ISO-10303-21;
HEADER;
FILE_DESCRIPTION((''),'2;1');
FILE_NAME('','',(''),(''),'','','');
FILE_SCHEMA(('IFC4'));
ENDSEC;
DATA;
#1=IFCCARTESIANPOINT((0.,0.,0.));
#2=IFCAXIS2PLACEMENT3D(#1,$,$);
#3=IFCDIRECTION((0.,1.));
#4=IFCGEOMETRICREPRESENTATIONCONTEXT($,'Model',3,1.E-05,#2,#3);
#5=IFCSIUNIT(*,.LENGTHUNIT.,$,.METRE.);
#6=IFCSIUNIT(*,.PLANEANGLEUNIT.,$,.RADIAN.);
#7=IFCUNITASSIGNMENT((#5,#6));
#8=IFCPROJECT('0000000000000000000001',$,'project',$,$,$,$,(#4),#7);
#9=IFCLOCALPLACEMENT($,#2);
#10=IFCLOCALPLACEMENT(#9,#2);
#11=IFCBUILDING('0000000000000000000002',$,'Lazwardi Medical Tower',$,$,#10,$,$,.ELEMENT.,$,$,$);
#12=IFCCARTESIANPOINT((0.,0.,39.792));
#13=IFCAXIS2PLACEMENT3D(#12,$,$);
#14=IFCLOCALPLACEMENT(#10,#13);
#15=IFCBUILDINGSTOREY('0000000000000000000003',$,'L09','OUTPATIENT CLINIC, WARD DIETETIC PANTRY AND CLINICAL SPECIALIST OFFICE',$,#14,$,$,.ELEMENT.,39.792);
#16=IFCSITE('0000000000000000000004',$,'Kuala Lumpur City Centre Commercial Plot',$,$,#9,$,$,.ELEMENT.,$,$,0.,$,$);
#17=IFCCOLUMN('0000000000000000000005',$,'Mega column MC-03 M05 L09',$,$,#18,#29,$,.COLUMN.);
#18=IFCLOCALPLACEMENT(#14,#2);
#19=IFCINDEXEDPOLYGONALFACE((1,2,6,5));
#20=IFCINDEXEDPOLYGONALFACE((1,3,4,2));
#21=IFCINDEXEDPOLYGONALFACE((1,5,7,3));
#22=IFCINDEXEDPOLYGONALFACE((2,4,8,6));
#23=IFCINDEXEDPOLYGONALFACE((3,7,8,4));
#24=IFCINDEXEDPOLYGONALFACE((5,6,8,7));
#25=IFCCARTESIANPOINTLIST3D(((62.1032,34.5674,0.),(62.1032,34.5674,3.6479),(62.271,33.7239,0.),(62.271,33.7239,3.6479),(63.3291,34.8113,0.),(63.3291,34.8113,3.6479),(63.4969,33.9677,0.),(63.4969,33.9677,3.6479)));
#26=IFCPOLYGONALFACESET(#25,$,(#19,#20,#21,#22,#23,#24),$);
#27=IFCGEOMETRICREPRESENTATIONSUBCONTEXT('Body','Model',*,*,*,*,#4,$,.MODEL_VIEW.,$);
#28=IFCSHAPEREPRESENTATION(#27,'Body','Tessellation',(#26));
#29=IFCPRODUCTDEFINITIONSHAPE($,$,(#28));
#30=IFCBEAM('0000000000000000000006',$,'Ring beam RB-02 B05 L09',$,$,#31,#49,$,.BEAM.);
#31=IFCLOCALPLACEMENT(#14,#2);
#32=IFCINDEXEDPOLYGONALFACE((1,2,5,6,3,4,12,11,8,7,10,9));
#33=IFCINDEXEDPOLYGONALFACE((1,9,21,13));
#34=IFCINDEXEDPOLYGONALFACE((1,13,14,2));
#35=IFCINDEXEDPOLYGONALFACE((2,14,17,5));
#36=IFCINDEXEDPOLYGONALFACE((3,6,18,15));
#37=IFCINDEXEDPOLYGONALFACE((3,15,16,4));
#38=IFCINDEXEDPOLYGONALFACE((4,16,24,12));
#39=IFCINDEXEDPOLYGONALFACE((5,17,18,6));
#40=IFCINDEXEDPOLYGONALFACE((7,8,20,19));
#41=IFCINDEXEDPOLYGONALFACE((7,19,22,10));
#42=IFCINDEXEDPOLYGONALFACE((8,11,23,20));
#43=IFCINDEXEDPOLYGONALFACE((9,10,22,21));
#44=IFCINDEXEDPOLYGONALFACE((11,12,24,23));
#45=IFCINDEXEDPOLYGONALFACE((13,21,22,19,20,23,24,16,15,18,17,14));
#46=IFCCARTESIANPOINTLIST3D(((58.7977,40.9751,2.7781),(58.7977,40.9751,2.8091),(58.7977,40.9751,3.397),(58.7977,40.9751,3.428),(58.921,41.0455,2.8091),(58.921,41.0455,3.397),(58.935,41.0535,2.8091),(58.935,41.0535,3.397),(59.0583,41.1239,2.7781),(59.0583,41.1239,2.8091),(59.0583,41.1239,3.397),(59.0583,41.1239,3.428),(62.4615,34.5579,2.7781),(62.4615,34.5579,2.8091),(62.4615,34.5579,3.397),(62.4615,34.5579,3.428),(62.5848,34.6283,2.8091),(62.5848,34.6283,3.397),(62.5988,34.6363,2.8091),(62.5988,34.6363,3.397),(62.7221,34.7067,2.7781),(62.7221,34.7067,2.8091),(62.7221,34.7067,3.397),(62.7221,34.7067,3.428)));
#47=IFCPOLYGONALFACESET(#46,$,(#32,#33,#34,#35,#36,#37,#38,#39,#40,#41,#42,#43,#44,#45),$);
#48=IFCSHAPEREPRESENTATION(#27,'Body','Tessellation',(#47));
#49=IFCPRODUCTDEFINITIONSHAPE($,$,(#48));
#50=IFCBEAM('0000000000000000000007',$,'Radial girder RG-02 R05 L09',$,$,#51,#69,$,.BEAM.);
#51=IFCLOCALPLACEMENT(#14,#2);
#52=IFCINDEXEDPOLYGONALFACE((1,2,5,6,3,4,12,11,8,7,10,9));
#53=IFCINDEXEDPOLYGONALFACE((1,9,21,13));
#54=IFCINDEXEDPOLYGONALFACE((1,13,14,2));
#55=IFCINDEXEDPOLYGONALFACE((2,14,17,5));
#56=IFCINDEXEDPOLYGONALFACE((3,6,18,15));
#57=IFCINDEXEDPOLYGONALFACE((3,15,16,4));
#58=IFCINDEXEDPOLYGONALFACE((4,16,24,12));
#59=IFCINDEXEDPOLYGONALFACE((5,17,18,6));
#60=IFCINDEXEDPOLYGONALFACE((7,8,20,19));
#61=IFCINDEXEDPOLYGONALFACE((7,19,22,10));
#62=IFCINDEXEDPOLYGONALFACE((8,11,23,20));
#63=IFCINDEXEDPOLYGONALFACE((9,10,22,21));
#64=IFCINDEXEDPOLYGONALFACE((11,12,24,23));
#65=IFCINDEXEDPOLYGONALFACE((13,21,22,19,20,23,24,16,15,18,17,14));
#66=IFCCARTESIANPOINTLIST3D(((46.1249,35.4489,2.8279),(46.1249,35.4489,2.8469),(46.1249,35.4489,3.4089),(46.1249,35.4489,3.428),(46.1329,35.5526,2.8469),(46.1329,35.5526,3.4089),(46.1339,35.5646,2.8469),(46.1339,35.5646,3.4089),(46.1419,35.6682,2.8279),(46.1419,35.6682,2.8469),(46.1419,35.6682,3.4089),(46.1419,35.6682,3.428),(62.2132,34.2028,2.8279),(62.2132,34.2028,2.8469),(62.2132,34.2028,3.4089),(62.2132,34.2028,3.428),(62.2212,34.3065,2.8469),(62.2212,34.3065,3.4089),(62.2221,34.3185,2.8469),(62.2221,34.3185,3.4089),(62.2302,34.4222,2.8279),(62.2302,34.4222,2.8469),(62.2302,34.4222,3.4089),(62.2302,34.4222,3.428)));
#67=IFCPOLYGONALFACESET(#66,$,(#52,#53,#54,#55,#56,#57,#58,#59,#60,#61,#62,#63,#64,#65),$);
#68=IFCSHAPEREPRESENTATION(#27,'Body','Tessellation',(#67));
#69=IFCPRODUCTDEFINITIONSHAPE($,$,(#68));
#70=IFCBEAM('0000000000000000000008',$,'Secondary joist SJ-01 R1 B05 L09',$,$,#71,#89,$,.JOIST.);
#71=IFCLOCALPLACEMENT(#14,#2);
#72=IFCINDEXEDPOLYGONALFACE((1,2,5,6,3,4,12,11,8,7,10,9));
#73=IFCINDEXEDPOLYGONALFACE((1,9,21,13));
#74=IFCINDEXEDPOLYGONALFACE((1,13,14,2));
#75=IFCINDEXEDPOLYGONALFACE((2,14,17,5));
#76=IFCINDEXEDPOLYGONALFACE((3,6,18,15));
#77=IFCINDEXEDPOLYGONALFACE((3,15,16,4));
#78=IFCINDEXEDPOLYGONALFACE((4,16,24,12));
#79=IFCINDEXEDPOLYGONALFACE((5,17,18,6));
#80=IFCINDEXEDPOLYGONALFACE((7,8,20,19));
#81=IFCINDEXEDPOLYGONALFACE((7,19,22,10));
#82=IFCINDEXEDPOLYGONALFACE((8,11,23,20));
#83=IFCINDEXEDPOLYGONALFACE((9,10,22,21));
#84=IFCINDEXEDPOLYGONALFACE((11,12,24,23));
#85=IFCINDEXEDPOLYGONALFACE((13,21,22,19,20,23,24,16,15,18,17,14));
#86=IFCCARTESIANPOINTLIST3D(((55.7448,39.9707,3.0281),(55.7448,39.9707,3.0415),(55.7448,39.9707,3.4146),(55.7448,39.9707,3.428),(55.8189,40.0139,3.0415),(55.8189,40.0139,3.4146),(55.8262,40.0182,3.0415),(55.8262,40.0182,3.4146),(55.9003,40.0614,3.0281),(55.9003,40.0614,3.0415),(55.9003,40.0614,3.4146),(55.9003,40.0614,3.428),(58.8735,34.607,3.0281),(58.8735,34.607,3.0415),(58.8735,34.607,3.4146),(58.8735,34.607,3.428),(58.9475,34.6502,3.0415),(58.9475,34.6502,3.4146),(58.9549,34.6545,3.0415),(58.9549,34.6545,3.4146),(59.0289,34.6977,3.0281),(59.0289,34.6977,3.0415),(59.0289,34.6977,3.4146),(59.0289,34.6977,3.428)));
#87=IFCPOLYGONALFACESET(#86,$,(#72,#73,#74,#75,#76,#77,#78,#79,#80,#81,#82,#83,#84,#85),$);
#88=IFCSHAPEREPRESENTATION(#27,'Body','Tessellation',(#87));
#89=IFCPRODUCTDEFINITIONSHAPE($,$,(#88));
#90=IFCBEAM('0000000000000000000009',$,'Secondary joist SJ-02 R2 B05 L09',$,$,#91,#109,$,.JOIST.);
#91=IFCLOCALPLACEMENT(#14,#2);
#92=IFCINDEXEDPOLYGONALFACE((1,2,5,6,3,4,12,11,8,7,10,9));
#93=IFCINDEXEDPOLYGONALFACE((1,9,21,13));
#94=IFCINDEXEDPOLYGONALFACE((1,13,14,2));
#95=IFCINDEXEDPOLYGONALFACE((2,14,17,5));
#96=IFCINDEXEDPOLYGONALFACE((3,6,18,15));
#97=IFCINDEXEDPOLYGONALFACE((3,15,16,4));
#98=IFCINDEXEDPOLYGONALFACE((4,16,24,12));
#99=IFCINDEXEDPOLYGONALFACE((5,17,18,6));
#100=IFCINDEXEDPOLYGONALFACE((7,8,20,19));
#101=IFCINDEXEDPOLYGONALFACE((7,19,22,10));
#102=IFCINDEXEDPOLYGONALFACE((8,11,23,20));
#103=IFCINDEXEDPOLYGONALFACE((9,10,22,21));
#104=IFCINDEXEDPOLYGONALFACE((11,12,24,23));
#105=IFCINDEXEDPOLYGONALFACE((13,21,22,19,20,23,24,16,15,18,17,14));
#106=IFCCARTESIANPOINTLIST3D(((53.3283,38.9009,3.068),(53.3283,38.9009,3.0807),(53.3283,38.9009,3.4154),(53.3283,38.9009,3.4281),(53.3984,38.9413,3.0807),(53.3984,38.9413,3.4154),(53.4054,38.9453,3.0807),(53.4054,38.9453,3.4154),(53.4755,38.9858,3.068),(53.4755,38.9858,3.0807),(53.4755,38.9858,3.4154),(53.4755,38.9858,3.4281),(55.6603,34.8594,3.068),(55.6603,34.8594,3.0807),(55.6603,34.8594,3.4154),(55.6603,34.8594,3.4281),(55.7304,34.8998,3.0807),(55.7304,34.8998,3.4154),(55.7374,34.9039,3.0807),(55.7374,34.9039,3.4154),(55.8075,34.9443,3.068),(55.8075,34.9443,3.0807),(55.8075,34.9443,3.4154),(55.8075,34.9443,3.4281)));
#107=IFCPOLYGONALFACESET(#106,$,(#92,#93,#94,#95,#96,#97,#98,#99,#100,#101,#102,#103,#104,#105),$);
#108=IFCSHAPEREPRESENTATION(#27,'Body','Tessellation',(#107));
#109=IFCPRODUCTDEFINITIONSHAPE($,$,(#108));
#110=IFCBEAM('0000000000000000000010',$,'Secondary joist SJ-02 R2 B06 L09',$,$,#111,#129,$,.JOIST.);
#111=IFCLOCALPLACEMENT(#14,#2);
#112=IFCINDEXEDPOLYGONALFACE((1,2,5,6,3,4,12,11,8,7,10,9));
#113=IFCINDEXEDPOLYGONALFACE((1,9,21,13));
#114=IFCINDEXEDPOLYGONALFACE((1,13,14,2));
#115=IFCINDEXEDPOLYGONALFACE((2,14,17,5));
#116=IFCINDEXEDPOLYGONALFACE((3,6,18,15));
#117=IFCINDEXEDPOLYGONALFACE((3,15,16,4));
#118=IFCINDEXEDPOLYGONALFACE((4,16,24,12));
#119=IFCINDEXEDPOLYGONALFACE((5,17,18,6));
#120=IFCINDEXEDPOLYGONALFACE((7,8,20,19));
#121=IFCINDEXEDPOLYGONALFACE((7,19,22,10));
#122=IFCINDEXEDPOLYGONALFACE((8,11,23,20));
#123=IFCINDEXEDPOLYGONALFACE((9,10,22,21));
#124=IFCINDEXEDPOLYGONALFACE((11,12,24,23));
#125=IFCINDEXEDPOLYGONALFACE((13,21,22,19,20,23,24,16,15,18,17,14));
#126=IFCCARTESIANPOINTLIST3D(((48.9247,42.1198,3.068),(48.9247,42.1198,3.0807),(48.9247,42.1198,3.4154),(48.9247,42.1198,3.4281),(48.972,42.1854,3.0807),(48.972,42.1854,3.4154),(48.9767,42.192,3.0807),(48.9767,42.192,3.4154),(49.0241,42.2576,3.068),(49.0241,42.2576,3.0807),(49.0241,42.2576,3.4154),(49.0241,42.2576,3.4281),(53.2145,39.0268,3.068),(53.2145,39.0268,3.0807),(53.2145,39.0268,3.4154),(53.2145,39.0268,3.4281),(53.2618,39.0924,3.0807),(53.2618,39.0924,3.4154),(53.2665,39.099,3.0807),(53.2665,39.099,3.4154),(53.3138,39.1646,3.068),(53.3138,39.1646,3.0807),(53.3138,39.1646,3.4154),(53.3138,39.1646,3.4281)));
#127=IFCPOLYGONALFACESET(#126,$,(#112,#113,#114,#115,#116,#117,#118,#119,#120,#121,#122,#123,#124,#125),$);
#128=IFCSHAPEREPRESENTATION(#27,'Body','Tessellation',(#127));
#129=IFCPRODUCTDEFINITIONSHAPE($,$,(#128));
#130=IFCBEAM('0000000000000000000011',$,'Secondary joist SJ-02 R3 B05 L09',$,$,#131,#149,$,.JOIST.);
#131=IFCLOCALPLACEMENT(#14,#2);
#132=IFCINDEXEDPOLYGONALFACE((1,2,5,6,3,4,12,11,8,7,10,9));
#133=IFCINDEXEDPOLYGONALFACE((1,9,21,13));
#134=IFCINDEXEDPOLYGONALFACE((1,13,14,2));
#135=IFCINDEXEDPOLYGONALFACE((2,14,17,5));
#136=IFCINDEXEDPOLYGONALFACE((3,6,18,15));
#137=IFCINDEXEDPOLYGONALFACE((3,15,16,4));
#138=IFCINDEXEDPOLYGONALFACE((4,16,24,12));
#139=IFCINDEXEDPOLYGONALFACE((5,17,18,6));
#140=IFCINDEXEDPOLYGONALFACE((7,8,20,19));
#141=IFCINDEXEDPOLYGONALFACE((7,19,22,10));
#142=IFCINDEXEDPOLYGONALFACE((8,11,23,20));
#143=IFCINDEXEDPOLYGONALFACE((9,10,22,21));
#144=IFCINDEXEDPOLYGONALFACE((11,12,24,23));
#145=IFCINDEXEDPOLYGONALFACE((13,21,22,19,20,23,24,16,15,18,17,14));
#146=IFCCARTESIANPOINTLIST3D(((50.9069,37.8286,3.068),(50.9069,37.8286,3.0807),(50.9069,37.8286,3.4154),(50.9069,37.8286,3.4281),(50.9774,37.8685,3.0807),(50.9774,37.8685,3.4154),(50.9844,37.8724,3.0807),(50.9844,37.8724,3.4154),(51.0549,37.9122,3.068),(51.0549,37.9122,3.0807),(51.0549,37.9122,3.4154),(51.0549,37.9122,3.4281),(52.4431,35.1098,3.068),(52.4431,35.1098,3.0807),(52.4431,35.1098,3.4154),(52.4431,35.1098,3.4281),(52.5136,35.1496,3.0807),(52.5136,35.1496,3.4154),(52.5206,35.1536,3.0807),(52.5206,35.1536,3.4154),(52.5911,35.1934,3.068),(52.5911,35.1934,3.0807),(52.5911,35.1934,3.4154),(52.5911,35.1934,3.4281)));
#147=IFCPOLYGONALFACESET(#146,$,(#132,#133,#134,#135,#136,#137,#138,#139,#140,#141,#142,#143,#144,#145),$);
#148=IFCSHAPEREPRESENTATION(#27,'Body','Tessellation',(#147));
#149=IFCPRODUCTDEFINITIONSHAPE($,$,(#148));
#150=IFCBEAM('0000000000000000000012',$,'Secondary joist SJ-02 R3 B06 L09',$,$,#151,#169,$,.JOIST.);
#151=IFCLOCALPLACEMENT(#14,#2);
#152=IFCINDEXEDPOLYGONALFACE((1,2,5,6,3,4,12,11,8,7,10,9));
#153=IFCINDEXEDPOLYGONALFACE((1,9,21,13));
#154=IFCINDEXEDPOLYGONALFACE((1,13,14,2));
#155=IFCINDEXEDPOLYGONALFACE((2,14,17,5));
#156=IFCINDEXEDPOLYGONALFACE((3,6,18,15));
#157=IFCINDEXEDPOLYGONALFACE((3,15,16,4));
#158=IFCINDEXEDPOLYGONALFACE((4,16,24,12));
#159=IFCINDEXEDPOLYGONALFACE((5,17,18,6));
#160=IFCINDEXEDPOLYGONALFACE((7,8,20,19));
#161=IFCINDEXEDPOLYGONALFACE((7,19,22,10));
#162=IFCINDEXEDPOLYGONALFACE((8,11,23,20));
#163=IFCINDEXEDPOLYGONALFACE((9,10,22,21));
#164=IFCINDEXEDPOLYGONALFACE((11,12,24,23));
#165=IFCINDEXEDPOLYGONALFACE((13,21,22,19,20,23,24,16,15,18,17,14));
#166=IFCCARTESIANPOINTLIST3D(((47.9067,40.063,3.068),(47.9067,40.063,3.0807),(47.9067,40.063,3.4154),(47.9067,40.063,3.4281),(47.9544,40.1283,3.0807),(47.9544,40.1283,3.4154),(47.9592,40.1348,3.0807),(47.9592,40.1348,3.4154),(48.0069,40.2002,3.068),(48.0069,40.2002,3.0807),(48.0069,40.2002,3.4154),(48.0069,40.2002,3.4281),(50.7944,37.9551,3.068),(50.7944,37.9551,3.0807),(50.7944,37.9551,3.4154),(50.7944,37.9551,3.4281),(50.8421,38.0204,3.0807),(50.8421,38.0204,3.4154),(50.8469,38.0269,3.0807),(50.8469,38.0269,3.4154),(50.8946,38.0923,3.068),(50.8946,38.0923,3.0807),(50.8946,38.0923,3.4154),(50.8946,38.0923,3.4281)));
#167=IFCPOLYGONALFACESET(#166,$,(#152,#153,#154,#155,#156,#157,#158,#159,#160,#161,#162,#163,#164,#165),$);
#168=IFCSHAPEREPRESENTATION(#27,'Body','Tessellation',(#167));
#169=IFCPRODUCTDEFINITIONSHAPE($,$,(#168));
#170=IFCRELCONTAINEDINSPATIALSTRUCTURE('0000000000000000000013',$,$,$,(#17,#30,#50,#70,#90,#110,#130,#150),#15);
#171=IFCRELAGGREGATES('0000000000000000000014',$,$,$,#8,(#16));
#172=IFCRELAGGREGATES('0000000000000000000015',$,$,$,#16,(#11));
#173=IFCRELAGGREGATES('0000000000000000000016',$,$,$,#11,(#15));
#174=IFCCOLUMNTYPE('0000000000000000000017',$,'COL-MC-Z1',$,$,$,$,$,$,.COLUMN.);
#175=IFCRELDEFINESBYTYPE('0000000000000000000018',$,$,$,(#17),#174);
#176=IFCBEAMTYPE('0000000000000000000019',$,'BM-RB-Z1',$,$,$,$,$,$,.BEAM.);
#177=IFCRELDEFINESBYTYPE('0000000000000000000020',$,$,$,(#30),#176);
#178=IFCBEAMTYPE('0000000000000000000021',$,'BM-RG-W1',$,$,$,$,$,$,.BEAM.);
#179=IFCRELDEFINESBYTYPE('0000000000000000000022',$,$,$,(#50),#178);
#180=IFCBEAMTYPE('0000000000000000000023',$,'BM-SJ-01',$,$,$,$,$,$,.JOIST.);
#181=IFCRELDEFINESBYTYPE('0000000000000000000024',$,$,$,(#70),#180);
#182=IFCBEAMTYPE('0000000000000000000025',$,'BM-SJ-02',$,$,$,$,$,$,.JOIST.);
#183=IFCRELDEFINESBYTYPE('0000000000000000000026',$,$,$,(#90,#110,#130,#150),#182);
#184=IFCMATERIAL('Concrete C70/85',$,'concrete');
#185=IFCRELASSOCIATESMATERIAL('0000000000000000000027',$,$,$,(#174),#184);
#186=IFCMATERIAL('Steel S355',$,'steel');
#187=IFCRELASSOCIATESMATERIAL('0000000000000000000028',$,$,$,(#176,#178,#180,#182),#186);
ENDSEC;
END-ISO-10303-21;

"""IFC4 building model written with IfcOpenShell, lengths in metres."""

from ifc_helpers import new_model, si_unit, direction, frame, origin, origin_2d, place, context, subcontext, project, spatial, rectangle, i_section, extrude, material, material_profile, profile_set, type_object, element, save


model = new_model("IFC4")

# Units and contexts
model_context = context("Model", 3, precision=1e-05, world=origin(), true_north=direction((0.0, 1.0)))
body_context = subcontext(model_context, "Body", "Model", "MODEL_VIEW")
ifc_project = project(units=[si_unit("LENGTHUNIT", "METRE"), si_unit("PLANEANGLEUNIT", "RADIAN")], contexts=[model_context])

# Site, building, storey
site_placement = place(None, origin())
site = spatial("IfcSite", under=ifc_project, at=site_placement, Name="Kuala Lumpur City Centre Commercial Plot", CompositionType="ELEMENT", RefElevation=0.0)
building_placement = place(site_placement, origin())
building = spatial("IfcBuilding", under=site, at=building_placement, Name="Lazwardi Medical Tower", CompositionType="ELEMENT")
storey_placement = place(building_placement, frame((0.0, 0.0, 39.792)))
storey = spatial("IfcBuildingStorey", under=building, at=storey_placement, Name="L09", Description="OUTPATIENT CLINIC, WARD DIETETIC PANTRY AND CLINICAL SPECIALIST OFFICE", CompositionType="ELEMENT", Elevation=39.792)

# Column
ifc_material_1 = material(Name="Concrete C70/85", Category="concrete")
ifc_material_profile_1 = material_profile(ifc_material_1, rectangle(XDim=1.25, YDim=0.8601, at=origin_2d()), Name="CFT-RECT 1250x860")
ifc_profile_set_1 = profile_set([ifc_material_profile_1], Name="Concrete C70/85")
column_type = type_object("IfcColumnType", Name="COL-MC-Z1", PredefinedType="COLUMN", material=ifc_profile_set_1)
column_placement = place(storey_placement, frame((62.8, 34.2676, 0.0), z_axis=(0.0, 0.0, 1.0), x_axis=(0.980785, 0.19509, 0.0)))
element("IfcColumn", 1, at=column_placement, inside=storey, type_object=column_type, Name="Mega column MC-03 M05 L09", PredefinedType="COLUMN", context=body_context, shape_type="SweptSolid", body=[
    extrude(rectangle(XDim=1.25, YDim=0.8601, at=origin_2d()), origin(), (0.0, 0.0, 1.0), 3.6479),
])

# Beams
ifc_material_2 = material(Name="Steel S355", Category="steel")
ifc_material_profile_2 = material_profile(ifc_material_2, i_section(OverallWidth=0.3, OverallDepth=0.6499, WebThickness=0.0161, FlangeThickness=0.031, at=origin_2d()), Name="HEB 650")
ifc_profile_set_2 = profile_set([ifc_material_profile_2], Name="Steel S355")
beam_type_1 = type_object("IfcBeamType", Name="BM-RB-Z1", PredefinedType="BEAM", material=ifc_profile_set_2)
beam_1_placement = place(storey_placement, frame((62.5918, 34.6323, 3.103), z_axis=(-0.495815, 0.868428, 0.0), x_axis=(-0.868428, -0.495815, 0.0)))
element("IfcBeam", 2, at=beam_1_placement, inside=storey, type_object=beam_type_1, Name="Ring beam RB-02 B05 L09", PredefinedType="BEAM", context=body_context, shape_type="SweptSolid", body=[
    extrude(i_section(OverallWidth=0.3, OverallDepth=0.6499, WebThickness=0.0161, FlangeThickness=0.031, at=origin_2d()), origin(), (0.0, 0.0, 1.0), 7.3894),
])
ifc_material_profile_3 = material_profile(ifc_material_2, i_section(OverallWidth=0.22, OverallDepth=0.6001, WebThickness=0.012, FlangeThickness=0.019, at=origin_2d()), Name="IPE 600")
ifc_profile_set_3 = profile_set([ifc_material_profile_3], Name="Steel S355")
beam_type_2 = type_object("IfcBeamType", Name="BM-RG-W1", PredefinedType="BEAM", material=ifc_profile_set_3)
beam_2_placement = place(storey_placement, frame((62.2217, 34.3125, 3.1279), z_axis=(-0.997014, 0.077222, 0.0), x_axis=(-0.077222, -0.997014, 0.0)))
element("IfcBeam", 3, at=beam_2_placement, inside=storey, type_object=beam_type_2, Name="Radial girder RG-02 R05 L09", PredefinedType="BEAM", context=body_context, shape_type="SweptSolid", body=[
    extrude(i_section(OverallWidth=0.22, OverallDepth=0.6001, WebThickness=0.012, FlangeThickness=0.019, at=origin_2d()), origin(), (0.0, 0.0, 1.0), 16.1365),
])
ifc_material_profile_4 = material_profile(ifc_material_2, i_section(OverallWidth=0.1799, OverallDepth=0.3999, WebThickness=0.0085, FlangeThickness=0.0134, at=origin_2d()), Name="IPE 400")
ifc_profile_set_4 = profile_set([ifc_material_profile_4], Name="Steel S355")
beam_type_3 = type_object("IfcBeamType", Name="BM-SJ-01", PredefinedType="JOIST", material=ifc_profile_set_4)
beam_3_placement = place(storey_placement, frame((58.9512, 34.6523, 3.228), z_axis=(-0.503847, 0.863793, 0.0), x_axis=(-0.863793, -0.503847, 0.0)))
element("IfcBeam", 4, at=beam_3_placement, inside=storey, type_object=beam_type_3, Name="Secondary joist SJ-01 R1 B05 L09", PredefinedType="JOIST", context=body_context, shape_type="SweptSolid", body=[
    extrude(i_section(OverallWidth=0.1799, OverallDepth=0.3999, WebThickness=0.0085, FlangeThickness=0.0134, at=origin_2d()), origin(), (0.0, 0.0, 1.0), 6.2095),
])
ifc_material_profile_5 = material_profile(ifc_material_2, i_section(OverallWidth=0.1699, OverallDepth=0.3601, WebThickness=0.0081, FlangeThickness=0.0127, at=origin_2d()), Name="IPE 360")
ifc_profile_set_5 = profile_set([ifc_material_profile_5], Name="Steel S355")
beam_type_4 = type_object("IfcBeamType", Name="BM-SJ-02", PredefinedType="JOIST", material=ifc_profile_set_5)
beam_4_placement = place(storey_placement, frame((55.7339, 34.9019, 3.248), z_axis=(-0.499786, 0.866149, 0.0), x_axis=(-0.866149, -0.499786, 0.0)))
element("IfcBeam", 5, at=beam_4_placement, inside=storey, type_object=beam_type_4, Name="Secondary joist SJ-02 R2 B05 L09", PredefinedType="JOIST", context=body_context, shape_type="SweptSolid", body=[
    extrude(i_section(OverallWidth=0.1699, OverallDepth=0.3601, WebThickness=0.0081, FlangeThickness=0.0127, at=origin_2d()), origin(), (0.0, 0.0, 1.0), 4.666),
])
beam_5_placement = place(storey_placement, frame((53.2642, 39.0957, 3.248), z_axis=(-0.811143, 0.584848, 0.0), x_axis=(-0.584848, -0.811143, 0.0)))
element("IfcBeam", 6, at=beam_5_placement, inside=storey, type_object=beam_type_4, Name="Secondary joist SJ-02 R2 B06 L09", PredefinedType="JOIST", context=body_context, shape_type="SweptSolid", body=[
    extrude(i_section(OverallWidth=0.1699, OverallDepth=0.3601, WebThickness=0.0081, FlangeThickness=0.0127, at=origin_2d()), origin(), (0.0, 0.0, 1.0), 5.2886),
])
beam_6_placement = place(storey_placement, frame((52.5171, 35.1516, 3.248), z_axis=(-0.491923, 0.870639, 0.0), x_axis=(-0.870639, -0.491923, 0.0)))
element("IfcBeam", 7, at=beam_6_placement, inside=storey, type_object=beam_type_4, Name="Secondary joist SJ-02 R3 B05 L09", PredefinedType="JOIST", context=body_context, shape_type="SweptSolid", body=[
    extrude(i_section(OverallWidth=0.1699, OverallDepth=0.3601, WebThickness=0.0081, FlangeThickness=0.0127, at=origin_2d()), origin(), (0.0, 0.0, 1.0), 3.1228),
])
beam_7_placement = place(storey_placement, frame((50.8445, 38.0237, 3.248), z_axis=(-0.807701, 0.589592, 0.0), x_axis=(-0.589592, -0.807701, 0.0)))
element("IfcBeam", 8, at=beam_7_placement, inside=storey, type_object=beam_type_4, Name="Secondary joist SJ-02 R3 B06 L09", PredefinedType="JOIST", context=body_context, shape_type="SweptSolid", body=[
    extrude(i_section(OverallWidth=0.1699, OverallDepth=0.3601, WebThickness=0.0081, FlangeThickness=0.0127, at=origin_2d()), origin(), (0.0, 0.0, 1.0), 3.5752),
])

save(model, "model.ifc")
